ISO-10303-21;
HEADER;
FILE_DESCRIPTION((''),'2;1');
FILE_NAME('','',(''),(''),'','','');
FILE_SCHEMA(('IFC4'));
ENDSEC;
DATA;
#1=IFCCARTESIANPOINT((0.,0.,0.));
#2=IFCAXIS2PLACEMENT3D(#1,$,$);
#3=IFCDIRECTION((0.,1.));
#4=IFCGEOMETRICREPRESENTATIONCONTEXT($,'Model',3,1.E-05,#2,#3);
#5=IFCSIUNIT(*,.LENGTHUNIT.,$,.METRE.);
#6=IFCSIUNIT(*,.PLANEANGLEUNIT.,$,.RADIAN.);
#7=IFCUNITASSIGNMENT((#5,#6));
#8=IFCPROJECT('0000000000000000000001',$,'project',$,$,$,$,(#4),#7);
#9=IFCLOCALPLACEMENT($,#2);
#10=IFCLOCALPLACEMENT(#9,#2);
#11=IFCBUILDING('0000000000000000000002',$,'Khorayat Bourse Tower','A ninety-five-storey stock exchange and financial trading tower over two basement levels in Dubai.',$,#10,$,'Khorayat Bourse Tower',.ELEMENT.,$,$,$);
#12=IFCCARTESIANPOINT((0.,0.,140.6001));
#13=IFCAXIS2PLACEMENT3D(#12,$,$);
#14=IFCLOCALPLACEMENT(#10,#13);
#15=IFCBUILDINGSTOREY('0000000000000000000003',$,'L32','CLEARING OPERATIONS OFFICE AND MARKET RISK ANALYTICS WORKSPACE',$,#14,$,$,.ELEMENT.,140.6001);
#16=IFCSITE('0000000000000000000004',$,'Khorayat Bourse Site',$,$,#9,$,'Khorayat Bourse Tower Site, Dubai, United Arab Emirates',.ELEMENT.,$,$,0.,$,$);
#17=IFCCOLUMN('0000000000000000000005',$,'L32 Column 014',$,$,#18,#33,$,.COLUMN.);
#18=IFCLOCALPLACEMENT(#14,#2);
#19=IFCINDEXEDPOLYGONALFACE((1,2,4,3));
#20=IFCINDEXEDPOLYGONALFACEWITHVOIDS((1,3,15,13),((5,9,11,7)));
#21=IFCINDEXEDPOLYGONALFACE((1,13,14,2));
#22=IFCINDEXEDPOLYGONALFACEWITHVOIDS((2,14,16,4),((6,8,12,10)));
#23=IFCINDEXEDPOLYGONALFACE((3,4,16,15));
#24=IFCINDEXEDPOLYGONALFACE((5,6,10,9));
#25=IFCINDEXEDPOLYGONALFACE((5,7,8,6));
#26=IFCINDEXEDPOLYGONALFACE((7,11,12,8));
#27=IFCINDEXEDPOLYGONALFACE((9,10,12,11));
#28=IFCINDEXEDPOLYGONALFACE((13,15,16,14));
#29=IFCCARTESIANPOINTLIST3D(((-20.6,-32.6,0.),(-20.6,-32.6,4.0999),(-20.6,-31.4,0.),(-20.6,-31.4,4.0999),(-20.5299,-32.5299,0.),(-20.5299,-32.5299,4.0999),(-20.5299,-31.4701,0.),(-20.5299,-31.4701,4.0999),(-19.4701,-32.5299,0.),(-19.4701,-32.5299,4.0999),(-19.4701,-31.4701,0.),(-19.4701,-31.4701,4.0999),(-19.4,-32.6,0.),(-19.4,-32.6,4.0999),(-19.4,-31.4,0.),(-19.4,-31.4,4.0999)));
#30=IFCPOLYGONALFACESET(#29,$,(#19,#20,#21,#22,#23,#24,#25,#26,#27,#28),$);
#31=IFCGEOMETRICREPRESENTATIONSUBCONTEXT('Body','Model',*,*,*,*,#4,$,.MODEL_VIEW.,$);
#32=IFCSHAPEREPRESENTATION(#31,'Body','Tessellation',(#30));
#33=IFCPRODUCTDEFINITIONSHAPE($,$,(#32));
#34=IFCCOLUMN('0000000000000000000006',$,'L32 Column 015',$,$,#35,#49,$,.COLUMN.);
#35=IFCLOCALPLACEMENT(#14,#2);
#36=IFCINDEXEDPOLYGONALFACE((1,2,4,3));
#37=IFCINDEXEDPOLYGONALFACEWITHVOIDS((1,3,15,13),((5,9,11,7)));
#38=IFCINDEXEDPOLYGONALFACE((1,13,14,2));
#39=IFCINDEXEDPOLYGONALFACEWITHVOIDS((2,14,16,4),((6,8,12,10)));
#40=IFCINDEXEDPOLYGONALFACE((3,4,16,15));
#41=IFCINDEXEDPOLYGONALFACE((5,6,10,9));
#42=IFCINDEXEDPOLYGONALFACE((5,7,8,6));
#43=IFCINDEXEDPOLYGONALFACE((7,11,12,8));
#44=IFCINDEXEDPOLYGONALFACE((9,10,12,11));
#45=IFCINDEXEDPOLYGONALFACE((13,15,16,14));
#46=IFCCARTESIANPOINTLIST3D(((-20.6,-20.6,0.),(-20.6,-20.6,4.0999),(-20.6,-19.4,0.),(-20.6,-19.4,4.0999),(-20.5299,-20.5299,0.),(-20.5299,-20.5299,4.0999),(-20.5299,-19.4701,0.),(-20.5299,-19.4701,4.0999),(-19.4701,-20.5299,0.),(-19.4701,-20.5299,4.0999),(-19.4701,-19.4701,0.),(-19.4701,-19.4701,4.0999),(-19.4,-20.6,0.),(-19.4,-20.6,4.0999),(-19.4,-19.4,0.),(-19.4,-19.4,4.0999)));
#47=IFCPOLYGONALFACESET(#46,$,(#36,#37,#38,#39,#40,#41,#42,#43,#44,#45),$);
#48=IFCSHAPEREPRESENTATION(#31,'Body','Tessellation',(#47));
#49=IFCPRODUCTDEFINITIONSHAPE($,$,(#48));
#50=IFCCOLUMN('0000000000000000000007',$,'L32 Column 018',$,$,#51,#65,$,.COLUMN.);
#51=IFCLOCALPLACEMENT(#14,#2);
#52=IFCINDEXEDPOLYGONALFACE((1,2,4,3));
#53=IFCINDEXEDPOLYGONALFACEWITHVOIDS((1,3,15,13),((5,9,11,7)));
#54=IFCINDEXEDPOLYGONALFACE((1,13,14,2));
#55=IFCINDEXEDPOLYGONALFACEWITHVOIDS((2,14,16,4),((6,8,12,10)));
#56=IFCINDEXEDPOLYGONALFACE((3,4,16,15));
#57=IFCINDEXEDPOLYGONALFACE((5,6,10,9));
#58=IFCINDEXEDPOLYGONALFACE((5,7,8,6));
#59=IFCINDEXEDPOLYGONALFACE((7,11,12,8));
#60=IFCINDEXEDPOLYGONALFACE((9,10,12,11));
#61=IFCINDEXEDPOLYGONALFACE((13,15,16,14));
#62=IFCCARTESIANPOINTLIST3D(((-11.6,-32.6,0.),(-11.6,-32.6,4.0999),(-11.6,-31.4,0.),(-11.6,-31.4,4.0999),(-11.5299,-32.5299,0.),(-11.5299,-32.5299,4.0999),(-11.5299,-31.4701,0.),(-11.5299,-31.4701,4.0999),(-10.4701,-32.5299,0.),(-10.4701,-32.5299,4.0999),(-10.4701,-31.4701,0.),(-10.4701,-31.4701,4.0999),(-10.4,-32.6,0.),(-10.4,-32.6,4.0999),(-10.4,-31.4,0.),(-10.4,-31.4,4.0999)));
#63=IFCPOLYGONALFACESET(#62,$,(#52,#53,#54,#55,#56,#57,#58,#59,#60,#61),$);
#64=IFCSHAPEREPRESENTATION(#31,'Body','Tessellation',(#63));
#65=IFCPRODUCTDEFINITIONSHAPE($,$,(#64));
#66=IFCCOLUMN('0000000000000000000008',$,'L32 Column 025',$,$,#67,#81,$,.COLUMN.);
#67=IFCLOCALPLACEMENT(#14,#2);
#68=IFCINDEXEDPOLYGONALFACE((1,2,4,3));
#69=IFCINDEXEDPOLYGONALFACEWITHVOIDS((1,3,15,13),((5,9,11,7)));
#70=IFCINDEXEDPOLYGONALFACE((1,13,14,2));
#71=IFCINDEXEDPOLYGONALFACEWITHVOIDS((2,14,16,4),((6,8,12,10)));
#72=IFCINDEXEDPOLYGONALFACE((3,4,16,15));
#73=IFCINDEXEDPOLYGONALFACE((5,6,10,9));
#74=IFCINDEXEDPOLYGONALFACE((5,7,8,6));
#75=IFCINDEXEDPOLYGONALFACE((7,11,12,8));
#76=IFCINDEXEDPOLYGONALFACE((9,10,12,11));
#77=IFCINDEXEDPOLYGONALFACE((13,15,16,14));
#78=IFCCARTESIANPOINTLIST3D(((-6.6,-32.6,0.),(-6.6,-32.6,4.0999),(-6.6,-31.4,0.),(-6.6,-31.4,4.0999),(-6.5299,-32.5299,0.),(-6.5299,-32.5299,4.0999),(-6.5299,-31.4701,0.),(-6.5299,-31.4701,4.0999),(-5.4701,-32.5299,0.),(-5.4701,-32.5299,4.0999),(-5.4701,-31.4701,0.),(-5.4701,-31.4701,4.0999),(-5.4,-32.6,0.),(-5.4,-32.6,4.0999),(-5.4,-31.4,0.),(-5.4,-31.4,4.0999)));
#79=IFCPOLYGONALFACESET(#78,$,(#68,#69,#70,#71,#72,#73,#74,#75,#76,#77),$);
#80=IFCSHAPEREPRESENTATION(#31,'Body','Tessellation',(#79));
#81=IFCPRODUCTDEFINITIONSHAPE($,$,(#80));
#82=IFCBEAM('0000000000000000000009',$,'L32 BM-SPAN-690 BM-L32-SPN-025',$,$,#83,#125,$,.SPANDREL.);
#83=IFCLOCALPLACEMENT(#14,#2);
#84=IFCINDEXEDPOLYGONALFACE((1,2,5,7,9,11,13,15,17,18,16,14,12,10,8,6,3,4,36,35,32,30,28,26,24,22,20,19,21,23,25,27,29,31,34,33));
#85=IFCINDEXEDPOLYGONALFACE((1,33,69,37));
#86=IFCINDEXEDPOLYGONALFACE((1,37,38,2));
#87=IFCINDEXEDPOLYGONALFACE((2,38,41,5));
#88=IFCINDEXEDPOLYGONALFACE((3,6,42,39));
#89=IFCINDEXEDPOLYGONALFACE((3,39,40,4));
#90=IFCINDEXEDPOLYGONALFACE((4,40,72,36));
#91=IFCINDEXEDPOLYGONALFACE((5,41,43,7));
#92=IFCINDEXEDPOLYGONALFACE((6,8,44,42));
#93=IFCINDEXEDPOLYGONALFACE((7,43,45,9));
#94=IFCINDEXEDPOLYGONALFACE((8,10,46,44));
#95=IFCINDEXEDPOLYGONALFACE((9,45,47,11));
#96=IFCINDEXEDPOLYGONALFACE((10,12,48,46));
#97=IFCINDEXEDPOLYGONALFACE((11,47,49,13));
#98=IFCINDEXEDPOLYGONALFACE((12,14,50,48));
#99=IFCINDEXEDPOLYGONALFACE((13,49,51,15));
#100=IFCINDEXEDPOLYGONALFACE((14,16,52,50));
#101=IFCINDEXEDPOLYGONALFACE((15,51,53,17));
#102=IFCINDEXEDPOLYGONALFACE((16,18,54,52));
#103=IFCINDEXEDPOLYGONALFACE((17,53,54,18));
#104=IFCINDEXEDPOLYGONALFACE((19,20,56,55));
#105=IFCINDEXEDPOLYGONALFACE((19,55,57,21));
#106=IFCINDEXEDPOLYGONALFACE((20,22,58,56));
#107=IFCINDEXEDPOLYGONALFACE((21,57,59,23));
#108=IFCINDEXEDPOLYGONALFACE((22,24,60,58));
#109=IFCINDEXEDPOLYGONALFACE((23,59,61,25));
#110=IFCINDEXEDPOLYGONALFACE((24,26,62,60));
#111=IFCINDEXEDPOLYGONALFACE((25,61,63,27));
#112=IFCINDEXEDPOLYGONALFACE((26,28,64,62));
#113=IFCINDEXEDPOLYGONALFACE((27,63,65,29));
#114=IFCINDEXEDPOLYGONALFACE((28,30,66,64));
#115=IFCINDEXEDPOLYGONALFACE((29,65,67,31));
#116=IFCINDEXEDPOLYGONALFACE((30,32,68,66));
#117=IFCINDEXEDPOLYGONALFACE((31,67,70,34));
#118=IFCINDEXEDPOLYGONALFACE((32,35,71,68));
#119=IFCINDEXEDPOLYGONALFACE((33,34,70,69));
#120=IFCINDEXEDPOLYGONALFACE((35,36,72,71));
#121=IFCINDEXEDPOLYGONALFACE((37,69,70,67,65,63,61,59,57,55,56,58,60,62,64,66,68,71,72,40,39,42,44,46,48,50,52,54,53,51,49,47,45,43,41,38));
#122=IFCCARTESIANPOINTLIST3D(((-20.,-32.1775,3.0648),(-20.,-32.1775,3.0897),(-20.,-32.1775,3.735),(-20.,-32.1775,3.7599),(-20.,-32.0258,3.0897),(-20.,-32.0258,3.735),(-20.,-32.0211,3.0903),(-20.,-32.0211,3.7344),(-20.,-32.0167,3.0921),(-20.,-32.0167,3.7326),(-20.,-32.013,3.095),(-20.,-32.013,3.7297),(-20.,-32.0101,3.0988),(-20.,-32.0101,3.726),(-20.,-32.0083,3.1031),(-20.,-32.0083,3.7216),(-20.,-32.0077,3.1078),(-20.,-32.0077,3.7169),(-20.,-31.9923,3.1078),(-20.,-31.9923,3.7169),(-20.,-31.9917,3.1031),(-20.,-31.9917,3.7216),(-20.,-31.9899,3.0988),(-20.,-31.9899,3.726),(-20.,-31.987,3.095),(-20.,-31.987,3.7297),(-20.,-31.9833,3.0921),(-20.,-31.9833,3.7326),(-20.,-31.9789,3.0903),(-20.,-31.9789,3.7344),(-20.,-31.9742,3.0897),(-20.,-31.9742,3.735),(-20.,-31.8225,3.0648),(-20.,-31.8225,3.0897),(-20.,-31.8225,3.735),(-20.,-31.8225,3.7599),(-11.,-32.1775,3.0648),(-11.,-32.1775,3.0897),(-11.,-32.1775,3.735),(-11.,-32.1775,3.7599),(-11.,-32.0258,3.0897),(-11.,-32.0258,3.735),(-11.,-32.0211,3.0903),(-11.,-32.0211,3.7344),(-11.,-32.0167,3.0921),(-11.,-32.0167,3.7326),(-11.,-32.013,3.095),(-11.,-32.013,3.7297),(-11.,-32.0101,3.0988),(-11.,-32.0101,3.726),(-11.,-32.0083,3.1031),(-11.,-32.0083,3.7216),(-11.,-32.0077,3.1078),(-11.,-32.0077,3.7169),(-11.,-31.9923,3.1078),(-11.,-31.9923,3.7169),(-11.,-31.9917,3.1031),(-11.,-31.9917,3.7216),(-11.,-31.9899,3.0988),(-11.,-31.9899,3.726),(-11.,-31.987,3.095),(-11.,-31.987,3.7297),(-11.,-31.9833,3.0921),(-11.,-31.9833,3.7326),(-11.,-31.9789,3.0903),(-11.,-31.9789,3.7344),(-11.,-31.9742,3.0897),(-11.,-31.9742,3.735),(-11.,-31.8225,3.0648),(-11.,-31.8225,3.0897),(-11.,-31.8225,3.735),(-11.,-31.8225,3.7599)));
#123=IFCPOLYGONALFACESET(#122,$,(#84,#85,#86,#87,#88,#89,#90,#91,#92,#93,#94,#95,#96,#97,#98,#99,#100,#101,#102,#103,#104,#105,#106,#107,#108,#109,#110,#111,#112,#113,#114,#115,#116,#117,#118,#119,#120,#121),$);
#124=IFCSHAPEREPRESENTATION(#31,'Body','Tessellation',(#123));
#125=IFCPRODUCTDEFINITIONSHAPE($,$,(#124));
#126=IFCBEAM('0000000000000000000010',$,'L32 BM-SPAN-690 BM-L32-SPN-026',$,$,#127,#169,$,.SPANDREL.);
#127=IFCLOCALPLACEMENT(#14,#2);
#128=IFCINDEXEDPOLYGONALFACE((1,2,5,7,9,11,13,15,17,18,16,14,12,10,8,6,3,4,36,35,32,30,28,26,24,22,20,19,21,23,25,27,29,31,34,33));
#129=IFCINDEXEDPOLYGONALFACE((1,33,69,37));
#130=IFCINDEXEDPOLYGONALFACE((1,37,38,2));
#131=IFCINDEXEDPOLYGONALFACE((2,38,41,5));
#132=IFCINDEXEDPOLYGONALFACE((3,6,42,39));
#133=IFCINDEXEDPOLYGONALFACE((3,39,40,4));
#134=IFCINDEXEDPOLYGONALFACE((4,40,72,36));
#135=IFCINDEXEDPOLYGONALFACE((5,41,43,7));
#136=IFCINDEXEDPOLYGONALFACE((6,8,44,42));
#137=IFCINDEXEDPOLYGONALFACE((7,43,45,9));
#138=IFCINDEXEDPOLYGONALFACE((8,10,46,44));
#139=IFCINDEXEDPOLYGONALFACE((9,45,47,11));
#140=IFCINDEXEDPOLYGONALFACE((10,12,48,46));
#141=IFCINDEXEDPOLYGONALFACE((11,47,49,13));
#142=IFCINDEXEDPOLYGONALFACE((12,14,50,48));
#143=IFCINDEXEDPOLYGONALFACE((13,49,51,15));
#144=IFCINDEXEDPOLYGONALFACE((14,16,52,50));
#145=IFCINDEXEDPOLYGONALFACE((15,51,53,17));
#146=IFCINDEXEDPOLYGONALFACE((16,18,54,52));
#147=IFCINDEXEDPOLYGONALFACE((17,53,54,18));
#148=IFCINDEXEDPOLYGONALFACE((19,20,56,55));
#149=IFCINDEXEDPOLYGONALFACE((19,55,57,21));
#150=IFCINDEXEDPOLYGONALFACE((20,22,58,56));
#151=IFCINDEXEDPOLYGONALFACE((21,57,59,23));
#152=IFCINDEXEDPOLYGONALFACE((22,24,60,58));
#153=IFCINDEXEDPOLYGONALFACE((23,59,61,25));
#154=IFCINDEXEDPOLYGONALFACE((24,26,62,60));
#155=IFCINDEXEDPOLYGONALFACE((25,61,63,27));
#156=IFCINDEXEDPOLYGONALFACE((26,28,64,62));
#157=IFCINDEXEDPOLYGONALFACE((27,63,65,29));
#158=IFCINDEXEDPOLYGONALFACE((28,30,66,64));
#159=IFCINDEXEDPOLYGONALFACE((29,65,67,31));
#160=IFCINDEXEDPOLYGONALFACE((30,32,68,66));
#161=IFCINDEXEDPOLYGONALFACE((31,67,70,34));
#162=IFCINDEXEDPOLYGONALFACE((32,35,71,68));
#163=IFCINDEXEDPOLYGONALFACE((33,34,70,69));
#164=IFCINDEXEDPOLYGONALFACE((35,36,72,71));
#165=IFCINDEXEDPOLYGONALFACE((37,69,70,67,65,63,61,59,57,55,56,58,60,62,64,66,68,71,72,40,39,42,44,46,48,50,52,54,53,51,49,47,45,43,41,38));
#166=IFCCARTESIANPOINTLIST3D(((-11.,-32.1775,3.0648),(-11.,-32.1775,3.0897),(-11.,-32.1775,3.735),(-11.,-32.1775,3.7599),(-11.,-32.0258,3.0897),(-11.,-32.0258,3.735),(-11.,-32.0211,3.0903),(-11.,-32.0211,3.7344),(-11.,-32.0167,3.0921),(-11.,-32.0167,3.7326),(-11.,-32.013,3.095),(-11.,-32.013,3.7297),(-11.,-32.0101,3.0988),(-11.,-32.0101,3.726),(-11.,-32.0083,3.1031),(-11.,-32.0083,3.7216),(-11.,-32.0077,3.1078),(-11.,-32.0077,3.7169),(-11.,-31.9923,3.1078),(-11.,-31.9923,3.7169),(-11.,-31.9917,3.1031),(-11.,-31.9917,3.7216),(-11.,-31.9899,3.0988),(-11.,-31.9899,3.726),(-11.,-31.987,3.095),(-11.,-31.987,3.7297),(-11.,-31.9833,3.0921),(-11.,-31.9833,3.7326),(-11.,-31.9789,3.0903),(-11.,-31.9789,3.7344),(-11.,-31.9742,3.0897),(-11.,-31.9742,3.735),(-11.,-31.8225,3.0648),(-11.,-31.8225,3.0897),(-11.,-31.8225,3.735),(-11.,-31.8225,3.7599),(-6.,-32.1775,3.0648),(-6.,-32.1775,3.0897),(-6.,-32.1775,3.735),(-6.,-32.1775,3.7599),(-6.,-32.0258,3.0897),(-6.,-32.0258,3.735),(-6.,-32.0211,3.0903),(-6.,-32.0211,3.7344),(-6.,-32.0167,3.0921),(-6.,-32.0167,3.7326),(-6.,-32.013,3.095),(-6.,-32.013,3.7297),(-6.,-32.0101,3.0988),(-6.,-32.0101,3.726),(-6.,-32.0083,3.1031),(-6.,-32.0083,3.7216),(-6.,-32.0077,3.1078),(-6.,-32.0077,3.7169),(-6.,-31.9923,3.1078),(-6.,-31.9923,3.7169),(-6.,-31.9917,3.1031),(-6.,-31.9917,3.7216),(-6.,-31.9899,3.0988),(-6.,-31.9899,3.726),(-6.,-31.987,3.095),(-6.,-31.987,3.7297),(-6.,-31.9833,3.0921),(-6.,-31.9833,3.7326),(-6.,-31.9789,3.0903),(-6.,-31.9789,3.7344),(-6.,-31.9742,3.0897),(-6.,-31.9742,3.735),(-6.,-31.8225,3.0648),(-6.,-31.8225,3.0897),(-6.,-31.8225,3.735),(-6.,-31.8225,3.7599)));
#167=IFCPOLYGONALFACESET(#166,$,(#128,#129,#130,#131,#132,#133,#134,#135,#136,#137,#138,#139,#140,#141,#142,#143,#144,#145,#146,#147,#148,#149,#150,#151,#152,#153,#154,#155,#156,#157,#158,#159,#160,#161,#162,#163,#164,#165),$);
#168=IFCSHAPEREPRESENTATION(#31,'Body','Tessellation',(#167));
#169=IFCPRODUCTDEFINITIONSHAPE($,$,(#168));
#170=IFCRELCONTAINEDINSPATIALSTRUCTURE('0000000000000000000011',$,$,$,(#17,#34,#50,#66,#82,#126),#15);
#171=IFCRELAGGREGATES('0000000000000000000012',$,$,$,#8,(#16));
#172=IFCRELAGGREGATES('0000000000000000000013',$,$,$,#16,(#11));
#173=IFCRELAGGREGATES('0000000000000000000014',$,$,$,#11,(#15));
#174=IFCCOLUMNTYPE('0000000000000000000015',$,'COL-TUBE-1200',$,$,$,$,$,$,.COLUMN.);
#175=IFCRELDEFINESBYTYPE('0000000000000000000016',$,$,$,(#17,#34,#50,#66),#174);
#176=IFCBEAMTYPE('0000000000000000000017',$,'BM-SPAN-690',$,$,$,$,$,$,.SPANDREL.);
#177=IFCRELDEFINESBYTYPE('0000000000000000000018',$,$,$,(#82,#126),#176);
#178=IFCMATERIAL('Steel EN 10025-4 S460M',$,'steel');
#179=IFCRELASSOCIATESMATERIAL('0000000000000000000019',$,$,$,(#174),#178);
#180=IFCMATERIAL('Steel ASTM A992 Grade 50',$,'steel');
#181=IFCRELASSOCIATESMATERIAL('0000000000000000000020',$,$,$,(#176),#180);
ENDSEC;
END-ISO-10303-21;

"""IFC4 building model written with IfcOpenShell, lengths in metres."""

from ifc_helpers import new_model, si_unit, direction, frame, origin, origin_2d, place, context, subcontext, project, spatial, hollow_rectangle, i_section, extrude, source, transform, mapped, material, material_profile, profile_set, type_object, element, save


model = new_model("IFC4")

# Units and contexts
model_context = context("Model", 3, precision=1e-05, world=origin(), true_north=direction((0.0, 1.0)))
body_context = subcontext(model_context, "Body", "Model", "MODEL_VIEW")
ifc_project = project(units=[si_unit("LENGTHUNIT", "METRE"), si_unit("PLANEANGLEUNIT", "RADIAN")], contexts=[model_context])

# Site, building, storey
site_placement = place(None, origin())
site = spatial("IfcSite", under=ifc_project, at=site_placement, Name="Khorayat Bourse Site", LongName="Khorayat Bourse Tower Site, Dubai, United Arab Emirates", CompositionType="ELEMENT", RefElevation=0.0)
building_placement = place(site_placement, origin())
building = spatial("IfcBuilding", under=site, at=building_placement, Name="Khorayat Bourse Tower", Description="A ninety-five-storey stock exchange and financial trading tower over two basement levels in Dubai.", LongName="Khorayat Bourse Tower", CompositionType="ELEMENT")
storey_placement = place(building_placement, frame((0.0, 0.0, 140.6001)))
storey = spatial("IfcBuildingStorey", under=building, at=storey_placement, Name="L32", Description="CLEARING OPERATIONS OFFICE AND MARKET RISK ANALYTICS WORKSPACE", CompositionType="ELEMENT", Elevation=140.6001)

# Columns
ifc_material_1 = material(Name="Steel EN 10025-4 S460M", Category="steel")
ifc_material_profile_1 = material_profile(ifc_material_1, hollow_rectangle(XDim=1.2, YDim=1.2, WallThickness=0.0701, at=origin_2d()), Name="BOX 1200x1200x70")
ifc_profile_set_1 = profile_set([ifc_material_profile_1], Name="Steel EN 10025-4 S460M")
column_type = type_object("IfcColumnType", Name="COL-TUBE-1200", PredefinedType="COLUMN", material=ifc_profile_set_1)
shared_shape_1 = source(origin(), body_context, "Body", "SweptSolid", [
    extrude(hollow_rectangle(XDim=1.2, YDim=1.2, WallThickness=0.0701, at=origin_2d()), origin(), (0.0, 0.0, 1.0), 4.0999),
])
for number, where, z_axis, x_axis, name in (
    (1, (-20.0, -32.0, 0.0), (0.0, 0.0, 1.0), (1.0, 0.0, 0.0), "L32 Column 014"),
    (2, (-20.0, -20.0, 0.0), (0.0, 0.0, 1.0), (1.0, 0.0, 0.0), "L32 Column 015"),
    (3, (-11.0, -32.0, 0.0), (0.0, 0.0, 1.0), (1.0, 0.0, 0.0), "L32 Column 018"),
    (4, (-6.0, -32.0, 0.0), (0.0, 0.0, 1.0), (1.0, 0.0, 0.0), "L32 Column 025"),
):
    element("IfcColumn", number, at=place(storey_placement, frame(where, z_axis=z_axis, x_axis=x_axis)), inside=storey, type_object=column_type, Name=name, PredefinedType="COLUMN", context=body_context, shape_type="MappedRepresentation", body=[
        mapped(shared_shape_1, transform((0.0, 0.0, 0.0), scale=1.0)),
    ])

# Beams
ifc_material_2 = material(Name="Steel ASTM A992 Grade 50", Category="steel")
ifc_material_profile_2 = material_profile(ifc_material_2, i_section(OverallWidth=0.355, OverallDepth=0.6951, WebThickness=0.0154, FlangeThickness=0.0249, FilletRadius=0.0181, at=origin_2d()), Name="W690X217")
ifc_profile_set_2 = profile_set([ifc_material_profile_2], Name="Steel ASTM A992 Grade 50")
beam_type_1 = type_object("IfcBeamType", Name="BM-SPAN-690", PredefinedType="SPANDREL", material=ifc_profile_set_2)
shared_shape_2 = source(origin(), body_context, "Body", "SweptSolid", [
    extrude(i_section(OverallWidth=0.355, OverallDepth=0.6951, WebThickness=0.0154, FlangeThickness=0.0249, FilletRadius=0.0181, at=origin_2d()), origin(), (0.0, 0.0, 1.0), 9.0),
])
beam_1_placement = place(storey_placement, frame((-20.0, -32.0, 3.4124), z_axis=(1.0, 0.0, 0.0), x_axis=(0.0, 1.0, 0.0)))
element("IfcBeam", 5, at=beam_1_placement, inside=storey, type_object=beam_type_1, Name="L32 BM-SPAN-690 BM-L32-SPN-025", PredefinedType="SPANDREL", context=body_context, shape_type="MappedRepresentation", body=[
    mapped(shared_shape_2, transform((0.0, 0.0, 0.0), scale=1.0)),
])
shared_shape_3 = source(origin(), body_context, "Body", "SweptSolid", [
    extrude(i_section(OverallWidth=0.355, OverallDepth=0.6951, WebThickness=0.0154, FlangeThickness=0.0249, FilletRadius=0.0181, at=origin_2d()), origin(), (0.0, 0.0, 1.0), 5.0),
])
beam_2_placement = place(storey_placement, frame((-11.0, -32.0, 3.4124), z_axis=(1.0, 0.0, 0.0), x_axis=(0.0, 1.0, 0.0)))
element("IfcBeam", 6, at=beam_2_placement, inside=storey, type_object=beam_type_1, Name="L32 BM-SPAN-690 BM-L32-SPN-026", PredefinedType="SPANDREL", context=body_context, shape_type="MappedRepresentation", body=[
    mapped(shared_shape_3, transform((0.0, 0.0, 0.0), scale=1.0)),
])

save(model, "model.ifc")
